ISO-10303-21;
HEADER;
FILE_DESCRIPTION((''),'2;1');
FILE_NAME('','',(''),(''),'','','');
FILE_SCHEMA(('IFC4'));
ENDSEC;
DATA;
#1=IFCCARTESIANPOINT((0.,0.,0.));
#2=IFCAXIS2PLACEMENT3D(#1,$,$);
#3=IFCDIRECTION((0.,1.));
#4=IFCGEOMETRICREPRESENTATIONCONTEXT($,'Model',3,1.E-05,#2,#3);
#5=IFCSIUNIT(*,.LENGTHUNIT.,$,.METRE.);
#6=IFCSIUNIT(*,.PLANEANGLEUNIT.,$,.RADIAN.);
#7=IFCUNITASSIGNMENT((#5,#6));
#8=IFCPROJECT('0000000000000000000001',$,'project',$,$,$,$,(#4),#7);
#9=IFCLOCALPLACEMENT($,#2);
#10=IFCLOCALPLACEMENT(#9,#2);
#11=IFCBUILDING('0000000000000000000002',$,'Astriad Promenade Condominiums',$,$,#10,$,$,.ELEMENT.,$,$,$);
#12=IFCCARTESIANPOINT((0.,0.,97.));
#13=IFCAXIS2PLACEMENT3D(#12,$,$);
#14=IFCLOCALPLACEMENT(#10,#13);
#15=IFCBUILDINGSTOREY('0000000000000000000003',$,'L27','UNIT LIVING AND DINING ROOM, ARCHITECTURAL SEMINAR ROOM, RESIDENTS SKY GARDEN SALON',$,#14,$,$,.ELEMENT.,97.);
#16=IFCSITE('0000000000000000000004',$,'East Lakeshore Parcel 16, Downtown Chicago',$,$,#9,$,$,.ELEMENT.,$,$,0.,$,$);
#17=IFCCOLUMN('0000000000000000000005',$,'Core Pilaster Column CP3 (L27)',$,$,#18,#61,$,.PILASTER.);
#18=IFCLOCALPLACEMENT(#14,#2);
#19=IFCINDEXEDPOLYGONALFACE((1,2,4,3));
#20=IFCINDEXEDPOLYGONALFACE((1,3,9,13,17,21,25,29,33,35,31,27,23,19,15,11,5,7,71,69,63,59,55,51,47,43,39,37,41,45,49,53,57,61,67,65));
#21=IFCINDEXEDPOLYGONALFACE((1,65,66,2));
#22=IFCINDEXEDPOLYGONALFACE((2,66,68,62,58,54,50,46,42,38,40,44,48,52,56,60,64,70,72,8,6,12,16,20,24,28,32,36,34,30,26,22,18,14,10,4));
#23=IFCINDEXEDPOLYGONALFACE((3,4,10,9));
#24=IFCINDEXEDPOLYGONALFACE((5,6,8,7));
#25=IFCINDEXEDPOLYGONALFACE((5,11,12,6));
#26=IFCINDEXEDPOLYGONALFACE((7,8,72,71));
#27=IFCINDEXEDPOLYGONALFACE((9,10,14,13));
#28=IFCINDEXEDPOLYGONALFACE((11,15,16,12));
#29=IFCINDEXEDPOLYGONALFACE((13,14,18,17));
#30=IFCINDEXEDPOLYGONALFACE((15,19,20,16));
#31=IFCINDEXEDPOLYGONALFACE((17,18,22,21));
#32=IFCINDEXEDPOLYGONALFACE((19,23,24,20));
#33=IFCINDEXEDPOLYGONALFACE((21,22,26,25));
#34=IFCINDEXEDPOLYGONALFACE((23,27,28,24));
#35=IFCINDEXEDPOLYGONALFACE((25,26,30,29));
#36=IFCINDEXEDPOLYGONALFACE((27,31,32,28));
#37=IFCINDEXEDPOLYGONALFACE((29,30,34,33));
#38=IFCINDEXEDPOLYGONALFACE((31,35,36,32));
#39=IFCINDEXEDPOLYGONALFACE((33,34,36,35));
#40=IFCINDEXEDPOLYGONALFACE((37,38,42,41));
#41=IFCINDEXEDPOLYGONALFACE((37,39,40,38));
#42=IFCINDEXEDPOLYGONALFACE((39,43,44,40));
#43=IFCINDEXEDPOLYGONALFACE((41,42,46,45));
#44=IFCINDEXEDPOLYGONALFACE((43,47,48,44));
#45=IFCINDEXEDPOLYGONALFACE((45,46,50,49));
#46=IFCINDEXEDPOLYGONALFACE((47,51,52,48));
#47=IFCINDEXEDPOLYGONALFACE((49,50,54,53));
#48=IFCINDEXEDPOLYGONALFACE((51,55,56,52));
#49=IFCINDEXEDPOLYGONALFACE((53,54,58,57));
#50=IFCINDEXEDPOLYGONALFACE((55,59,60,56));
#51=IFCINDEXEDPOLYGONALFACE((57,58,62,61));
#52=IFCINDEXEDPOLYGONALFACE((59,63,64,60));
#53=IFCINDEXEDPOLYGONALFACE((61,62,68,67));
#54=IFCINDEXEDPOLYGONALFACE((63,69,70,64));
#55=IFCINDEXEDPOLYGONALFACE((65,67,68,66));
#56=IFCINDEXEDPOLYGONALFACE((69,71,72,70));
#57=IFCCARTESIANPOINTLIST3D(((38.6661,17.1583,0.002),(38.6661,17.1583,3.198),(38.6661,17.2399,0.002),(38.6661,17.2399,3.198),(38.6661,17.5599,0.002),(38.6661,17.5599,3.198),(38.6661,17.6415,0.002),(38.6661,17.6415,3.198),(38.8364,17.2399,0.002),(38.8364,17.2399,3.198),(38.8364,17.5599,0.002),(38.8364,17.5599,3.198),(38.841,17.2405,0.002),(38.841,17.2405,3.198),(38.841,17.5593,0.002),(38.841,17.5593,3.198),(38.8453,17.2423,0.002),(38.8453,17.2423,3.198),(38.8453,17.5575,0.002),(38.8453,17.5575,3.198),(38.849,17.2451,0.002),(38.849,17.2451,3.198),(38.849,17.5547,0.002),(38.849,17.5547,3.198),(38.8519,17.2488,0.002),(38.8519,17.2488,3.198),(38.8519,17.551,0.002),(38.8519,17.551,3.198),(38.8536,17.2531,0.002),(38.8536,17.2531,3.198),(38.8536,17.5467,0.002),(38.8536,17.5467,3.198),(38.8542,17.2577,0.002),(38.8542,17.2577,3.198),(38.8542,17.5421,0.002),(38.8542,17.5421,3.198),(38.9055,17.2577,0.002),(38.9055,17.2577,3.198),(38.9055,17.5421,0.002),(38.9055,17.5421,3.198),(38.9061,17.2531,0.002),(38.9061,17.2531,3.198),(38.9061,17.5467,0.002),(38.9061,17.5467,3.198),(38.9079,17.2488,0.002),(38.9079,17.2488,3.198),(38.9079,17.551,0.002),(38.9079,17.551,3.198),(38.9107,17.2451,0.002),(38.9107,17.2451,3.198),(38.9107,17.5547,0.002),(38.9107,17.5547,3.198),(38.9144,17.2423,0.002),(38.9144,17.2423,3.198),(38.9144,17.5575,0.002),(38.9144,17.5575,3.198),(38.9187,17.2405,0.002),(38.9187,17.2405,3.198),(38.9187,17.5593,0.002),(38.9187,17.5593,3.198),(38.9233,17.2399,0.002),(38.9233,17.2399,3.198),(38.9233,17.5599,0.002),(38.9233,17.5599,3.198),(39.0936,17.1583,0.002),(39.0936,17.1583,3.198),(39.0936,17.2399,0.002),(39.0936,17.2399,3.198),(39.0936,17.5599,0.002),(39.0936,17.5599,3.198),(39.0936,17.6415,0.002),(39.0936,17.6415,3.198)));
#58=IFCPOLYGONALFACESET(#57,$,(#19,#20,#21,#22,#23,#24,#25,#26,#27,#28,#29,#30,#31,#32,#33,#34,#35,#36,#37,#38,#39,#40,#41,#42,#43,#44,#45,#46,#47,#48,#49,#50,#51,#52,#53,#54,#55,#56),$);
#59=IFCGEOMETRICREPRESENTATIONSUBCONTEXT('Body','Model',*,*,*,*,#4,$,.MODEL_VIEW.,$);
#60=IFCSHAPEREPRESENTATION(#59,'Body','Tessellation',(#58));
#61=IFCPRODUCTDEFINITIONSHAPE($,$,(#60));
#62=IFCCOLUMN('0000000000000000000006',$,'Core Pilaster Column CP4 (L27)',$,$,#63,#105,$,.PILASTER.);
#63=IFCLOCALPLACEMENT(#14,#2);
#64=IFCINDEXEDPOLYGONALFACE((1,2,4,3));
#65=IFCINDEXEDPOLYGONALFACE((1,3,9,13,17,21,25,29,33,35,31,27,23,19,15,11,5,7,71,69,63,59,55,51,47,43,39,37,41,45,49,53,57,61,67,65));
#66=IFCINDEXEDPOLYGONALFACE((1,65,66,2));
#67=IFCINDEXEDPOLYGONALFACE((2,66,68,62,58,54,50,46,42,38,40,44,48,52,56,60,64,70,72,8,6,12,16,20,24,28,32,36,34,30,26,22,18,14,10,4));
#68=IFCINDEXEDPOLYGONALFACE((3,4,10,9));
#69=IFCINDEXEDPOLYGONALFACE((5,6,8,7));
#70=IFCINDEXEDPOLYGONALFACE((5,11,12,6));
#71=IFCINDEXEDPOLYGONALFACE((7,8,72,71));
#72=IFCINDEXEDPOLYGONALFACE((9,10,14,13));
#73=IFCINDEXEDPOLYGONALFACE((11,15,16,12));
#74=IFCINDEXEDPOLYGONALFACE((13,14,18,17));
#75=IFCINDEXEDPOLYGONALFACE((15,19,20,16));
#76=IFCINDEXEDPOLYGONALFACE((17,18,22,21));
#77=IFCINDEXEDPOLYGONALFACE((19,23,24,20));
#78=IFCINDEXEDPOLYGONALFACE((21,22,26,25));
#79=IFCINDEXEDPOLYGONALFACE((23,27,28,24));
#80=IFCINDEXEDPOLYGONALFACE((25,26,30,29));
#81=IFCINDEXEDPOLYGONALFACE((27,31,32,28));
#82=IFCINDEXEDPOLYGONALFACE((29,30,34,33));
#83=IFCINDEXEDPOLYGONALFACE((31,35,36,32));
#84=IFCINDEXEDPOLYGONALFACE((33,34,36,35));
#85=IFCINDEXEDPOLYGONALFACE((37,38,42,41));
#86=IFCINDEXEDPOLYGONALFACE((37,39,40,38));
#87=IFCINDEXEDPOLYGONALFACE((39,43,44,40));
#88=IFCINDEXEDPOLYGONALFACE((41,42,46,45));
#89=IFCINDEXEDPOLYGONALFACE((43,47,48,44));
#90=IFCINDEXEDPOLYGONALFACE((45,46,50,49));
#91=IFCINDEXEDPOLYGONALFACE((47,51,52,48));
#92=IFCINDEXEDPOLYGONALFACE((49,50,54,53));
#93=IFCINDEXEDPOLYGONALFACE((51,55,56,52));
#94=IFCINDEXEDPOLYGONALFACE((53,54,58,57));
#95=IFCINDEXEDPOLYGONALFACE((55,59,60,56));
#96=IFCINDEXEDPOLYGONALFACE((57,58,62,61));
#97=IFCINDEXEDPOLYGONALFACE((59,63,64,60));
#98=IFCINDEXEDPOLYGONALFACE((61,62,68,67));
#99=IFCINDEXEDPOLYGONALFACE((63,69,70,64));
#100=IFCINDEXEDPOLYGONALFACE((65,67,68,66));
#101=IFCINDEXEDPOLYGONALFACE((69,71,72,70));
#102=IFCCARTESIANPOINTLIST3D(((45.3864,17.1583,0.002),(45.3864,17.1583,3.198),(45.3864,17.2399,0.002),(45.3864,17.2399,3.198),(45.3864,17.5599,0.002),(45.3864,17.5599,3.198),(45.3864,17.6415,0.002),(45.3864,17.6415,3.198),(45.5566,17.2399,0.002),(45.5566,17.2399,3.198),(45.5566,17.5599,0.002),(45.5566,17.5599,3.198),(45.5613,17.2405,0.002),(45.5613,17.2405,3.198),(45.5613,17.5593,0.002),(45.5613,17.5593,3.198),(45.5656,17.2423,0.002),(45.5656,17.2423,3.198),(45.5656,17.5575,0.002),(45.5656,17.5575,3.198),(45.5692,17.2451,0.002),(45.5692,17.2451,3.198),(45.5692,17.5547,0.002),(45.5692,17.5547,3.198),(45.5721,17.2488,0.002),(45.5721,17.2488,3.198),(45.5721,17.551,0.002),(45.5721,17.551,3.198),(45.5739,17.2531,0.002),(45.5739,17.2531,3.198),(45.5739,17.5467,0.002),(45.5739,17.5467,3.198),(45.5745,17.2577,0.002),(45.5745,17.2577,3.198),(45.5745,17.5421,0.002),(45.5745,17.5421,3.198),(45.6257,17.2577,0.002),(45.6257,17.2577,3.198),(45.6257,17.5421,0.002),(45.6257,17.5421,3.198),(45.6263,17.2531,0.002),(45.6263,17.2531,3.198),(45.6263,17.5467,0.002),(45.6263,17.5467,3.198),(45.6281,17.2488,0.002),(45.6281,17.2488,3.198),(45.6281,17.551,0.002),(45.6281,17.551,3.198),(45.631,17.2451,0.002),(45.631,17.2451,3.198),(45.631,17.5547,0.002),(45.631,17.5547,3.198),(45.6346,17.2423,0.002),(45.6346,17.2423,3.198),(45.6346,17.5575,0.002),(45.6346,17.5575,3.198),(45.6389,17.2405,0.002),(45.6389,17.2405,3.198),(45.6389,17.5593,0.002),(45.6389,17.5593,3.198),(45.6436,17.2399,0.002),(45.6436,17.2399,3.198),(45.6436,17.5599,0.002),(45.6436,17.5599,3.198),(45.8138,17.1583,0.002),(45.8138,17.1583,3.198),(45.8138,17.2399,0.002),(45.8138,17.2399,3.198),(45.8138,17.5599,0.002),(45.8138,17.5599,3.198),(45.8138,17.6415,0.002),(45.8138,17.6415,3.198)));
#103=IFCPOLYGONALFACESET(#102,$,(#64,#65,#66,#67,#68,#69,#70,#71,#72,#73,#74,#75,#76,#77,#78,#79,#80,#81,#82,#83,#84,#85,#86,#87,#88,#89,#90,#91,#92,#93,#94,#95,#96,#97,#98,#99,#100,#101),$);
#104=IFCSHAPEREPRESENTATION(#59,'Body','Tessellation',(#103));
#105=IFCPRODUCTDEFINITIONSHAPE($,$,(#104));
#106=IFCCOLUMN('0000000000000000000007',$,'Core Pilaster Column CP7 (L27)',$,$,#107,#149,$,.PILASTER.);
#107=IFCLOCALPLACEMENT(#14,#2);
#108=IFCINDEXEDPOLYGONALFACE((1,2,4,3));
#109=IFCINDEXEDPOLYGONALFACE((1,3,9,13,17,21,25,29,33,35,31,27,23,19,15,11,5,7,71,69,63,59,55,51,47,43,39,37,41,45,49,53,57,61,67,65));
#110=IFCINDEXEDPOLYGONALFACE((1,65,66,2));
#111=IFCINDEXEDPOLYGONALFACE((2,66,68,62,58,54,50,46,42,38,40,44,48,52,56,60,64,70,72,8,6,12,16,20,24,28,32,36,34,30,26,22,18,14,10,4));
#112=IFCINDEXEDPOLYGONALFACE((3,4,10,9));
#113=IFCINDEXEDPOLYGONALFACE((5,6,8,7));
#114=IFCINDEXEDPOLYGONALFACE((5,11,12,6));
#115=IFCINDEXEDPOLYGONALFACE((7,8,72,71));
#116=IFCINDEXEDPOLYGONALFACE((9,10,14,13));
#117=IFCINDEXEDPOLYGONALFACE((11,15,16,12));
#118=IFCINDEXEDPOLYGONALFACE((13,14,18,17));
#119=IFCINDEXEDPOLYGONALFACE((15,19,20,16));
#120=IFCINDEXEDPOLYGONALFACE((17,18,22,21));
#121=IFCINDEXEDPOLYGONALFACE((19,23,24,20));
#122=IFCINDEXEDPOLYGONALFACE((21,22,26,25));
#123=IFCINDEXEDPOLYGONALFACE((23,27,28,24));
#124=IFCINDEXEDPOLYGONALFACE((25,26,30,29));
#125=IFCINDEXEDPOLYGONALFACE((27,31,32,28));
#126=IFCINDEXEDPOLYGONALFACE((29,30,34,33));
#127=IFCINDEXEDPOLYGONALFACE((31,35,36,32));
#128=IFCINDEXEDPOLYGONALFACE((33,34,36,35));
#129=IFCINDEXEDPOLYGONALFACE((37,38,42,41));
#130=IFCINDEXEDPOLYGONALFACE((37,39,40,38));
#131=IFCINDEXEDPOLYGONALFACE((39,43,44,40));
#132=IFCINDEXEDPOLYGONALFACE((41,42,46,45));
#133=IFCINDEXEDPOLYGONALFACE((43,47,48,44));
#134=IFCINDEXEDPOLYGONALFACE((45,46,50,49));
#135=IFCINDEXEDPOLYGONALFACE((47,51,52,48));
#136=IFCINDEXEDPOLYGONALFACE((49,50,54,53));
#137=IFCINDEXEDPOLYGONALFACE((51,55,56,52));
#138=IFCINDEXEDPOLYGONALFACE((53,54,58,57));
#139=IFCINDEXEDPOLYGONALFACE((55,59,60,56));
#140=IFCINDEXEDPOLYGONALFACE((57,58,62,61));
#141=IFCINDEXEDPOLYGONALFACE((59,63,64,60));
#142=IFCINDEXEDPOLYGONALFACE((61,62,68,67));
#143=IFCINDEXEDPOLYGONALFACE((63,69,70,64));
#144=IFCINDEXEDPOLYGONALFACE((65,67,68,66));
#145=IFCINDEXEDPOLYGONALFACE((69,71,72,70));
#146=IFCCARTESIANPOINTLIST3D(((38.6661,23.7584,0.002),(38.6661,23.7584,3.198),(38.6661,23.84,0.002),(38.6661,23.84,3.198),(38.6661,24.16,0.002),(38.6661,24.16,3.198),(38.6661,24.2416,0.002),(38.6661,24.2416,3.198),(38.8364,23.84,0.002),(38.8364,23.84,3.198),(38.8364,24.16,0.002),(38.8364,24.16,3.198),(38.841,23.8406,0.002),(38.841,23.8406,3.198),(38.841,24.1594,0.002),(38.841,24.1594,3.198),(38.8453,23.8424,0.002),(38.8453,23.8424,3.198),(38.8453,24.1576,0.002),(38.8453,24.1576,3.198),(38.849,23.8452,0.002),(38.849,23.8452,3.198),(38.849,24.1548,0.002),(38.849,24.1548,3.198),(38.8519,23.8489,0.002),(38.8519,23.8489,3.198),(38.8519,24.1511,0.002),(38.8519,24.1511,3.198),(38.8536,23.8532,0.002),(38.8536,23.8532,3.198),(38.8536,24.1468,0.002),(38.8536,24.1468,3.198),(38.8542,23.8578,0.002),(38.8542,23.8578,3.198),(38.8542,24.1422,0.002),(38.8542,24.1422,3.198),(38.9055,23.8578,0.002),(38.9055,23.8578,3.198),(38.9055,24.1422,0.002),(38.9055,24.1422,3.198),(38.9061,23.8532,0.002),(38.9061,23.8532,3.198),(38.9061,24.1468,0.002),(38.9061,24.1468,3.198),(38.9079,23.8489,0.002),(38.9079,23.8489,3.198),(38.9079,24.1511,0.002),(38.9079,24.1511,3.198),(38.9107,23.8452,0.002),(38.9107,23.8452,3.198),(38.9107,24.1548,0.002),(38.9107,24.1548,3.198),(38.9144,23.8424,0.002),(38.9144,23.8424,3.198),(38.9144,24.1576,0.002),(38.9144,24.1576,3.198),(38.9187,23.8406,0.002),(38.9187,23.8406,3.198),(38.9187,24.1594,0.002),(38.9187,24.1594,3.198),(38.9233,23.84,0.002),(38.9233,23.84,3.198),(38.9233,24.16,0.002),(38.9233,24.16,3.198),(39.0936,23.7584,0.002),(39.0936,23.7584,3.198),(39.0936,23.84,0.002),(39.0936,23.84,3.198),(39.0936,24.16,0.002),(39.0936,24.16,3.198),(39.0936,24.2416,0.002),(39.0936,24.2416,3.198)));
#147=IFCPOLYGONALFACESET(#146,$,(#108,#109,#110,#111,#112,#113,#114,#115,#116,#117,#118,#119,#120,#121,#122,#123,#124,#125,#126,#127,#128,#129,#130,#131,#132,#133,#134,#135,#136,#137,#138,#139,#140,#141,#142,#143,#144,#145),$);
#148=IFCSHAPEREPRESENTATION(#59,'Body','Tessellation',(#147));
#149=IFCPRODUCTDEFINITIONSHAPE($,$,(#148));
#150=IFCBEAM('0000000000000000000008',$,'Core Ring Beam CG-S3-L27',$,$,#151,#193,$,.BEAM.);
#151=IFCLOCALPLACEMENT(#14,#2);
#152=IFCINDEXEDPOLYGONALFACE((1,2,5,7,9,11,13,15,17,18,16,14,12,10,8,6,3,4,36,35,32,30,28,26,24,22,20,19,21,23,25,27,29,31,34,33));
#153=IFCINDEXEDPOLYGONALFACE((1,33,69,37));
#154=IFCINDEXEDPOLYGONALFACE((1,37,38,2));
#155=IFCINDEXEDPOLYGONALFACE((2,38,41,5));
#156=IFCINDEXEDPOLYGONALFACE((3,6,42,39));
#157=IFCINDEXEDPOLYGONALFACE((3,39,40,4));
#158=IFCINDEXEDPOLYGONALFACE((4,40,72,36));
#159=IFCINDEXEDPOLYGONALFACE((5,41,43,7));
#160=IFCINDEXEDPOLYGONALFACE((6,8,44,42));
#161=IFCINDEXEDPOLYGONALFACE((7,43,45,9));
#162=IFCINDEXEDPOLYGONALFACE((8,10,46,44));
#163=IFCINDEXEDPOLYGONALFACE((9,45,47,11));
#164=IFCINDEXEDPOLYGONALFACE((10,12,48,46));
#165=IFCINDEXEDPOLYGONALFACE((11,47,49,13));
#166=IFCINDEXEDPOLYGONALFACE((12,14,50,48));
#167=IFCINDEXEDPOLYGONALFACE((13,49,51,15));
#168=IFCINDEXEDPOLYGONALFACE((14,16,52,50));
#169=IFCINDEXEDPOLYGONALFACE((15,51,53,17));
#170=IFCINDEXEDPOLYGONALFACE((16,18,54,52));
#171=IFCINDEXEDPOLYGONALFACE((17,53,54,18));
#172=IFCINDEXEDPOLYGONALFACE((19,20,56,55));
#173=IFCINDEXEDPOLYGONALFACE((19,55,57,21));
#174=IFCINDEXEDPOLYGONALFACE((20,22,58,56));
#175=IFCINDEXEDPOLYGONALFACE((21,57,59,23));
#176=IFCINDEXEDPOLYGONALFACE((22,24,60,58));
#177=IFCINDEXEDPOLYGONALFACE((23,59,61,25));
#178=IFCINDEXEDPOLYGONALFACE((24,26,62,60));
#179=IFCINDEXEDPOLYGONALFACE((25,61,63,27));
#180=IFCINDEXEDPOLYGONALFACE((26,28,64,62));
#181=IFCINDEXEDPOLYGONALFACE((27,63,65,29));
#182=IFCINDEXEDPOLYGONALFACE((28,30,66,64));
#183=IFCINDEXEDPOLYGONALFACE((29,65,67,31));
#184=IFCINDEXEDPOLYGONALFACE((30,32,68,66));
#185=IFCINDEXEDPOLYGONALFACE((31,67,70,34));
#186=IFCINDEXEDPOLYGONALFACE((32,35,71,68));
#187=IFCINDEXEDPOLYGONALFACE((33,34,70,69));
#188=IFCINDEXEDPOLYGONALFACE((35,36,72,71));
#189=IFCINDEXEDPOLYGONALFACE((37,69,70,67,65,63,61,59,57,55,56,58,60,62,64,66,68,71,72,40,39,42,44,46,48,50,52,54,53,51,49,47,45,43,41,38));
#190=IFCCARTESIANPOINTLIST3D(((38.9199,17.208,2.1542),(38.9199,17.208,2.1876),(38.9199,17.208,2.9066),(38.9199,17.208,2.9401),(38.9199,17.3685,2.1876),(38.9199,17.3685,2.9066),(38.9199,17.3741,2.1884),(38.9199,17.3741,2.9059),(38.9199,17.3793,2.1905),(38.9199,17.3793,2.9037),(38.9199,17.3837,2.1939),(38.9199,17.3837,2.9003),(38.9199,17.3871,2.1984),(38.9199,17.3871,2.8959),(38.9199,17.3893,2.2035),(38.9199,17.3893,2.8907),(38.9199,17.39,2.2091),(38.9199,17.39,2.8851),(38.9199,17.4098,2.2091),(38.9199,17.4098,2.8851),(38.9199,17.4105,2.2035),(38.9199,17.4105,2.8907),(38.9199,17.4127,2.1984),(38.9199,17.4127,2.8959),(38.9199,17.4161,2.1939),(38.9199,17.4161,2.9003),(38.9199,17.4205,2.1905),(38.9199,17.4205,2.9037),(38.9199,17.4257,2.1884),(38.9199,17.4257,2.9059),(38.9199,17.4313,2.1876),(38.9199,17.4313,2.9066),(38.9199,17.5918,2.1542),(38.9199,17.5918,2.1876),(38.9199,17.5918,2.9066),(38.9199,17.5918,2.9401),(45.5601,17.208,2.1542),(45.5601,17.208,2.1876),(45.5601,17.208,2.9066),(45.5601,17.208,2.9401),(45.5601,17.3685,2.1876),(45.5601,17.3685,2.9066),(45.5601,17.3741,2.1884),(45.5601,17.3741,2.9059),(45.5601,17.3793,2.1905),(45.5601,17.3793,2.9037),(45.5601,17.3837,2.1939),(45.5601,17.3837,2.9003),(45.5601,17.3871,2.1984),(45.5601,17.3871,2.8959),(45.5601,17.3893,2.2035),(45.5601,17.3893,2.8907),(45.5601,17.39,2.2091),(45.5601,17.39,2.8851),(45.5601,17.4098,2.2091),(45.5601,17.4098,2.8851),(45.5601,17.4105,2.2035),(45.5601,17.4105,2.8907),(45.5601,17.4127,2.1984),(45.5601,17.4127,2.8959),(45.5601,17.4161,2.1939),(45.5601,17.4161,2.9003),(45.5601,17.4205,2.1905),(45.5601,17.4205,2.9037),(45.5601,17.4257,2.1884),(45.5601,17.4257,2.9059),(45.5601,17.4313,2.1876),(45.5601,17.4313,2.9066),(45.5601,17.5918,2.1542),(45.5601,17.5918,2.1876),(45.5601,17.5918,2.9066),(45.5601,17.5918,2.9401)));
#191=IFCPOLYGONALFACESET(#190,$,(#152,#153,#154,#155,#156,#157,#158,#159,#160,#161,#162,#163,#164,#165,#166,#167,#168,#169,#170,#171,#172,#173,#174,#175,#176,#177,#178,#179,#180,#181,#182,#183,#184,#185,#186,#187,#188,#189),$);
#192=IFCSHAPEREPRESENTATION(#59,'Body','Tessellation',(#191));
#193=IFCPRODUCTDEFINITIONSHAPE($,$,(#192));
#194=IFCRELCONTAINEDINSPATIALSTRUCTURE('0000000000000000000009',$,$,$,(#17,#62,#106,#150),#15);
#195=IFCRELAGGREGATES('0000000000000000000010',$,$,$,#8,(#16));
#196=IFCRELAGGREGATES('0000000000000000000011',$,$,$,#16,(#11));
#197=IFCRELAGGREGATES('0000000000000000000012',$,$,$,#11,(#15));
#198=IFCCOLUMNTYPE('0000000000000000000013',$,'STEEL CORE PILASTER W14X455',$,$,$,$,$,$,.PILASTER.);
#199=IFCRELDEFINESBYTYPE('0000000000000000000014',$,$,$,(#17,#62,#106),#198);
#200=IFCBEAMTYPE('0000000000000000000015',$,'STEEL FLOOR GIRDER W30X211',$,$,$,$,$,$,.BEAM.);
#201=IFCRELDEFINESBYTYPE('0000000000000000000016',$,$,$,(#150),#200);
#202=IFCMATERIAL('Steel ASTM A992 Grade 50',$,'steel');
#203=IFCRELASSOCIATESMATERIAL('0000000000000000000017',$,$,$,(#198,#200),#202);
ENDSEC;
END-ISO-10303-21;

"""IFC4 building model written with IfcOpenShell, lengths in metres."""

from ifc_helpers import new_model, si_unit, direction, frame, origin, origin_2d, place, context, subcontext, project, spatial, i_section, extrude, source, transform, mapped, material, material_profile, profile_set, type_object, type_shapes, element, save


model = new_model("IFC4")

# Units and contexts
model_context = context("Model", 3, precision=1e-05, world=origin(), true_north=direction((0.0, 1.0)))
body_context = subcontext(model_context, "Body", "Model", "MODEL_VIEW")
ifc_project = project(units=[si_unit("LENGTHUNIT", "METRE"), si_unit("PLANEANGLEUNIT", "RADIAN")], contexts=[model_context])

# Site, building, storey
site_placement = place(None, origin())
site = spatial("IfcSite", under=ifc_project, at=site_placement, Name="East Lakeshore Parcel 16, Downtown Chicago", CompositionType="ELEMENT", RefElevation=0.0)
building_placement = place(site_placement, origin())
building = spatial("IfcBuilding", under=site, at=building_placement, Name="Astriad Promenade Condominiums", CompositionType="ELEMENT")
storey_placement = place(building_placement, frame((0.0, 0.0, 97.0)))
storey = spatial("IfcBuildingStorey", under=building, at=storey_placement, Name="L27", Description="UNIT LIVING AND DINING ROOM, ARCHITECTURAL SEMINAR ROOM, RESIDENTS SKY GARDEN SALON", CompositionType="ELEMENT", Elevation=97.0)

# Columns
ifc_material_1 = material(Name="Steel ASTM A992 Grade 50", Category="steel")
ifc_material_profile_1 = material_profile(ifc_material_1, i_section(OverallWidth=0.4275, OverallDepth=0.4832, WebThickness=0.0513, FlangeThickness=0.0815, FilletRadius=0.0178, at=origin_2d()), Name="W14X455")
ifc_profile_set_1 = profile_set([ifc_material_profile_1], Name="Steel ASTM A992 Grade 50")
column_type = type_object("IfcColumnType", Name="STEEL CORE PILASTER W14X455", PredefinedType="PILASTER", material=ifc_profile_set_1)
shared_shape_1 = source(origin(), body_context, "Body", "SweptSolid", [
    extrude(i_section(OverallWidth=0.4275, OverallDepth=0.4832, WebThickness=0.0513, FlangeThickness=0.0815, FilletRadius=0.0178, at=origin_2d()), origin(), (0.0, 0.0, 1.0), 3.196),
])
type_shapes(column_type, [shared_shape_1])
for number, where, z_axis, x_axis, name in (
    (1, (38.8799, 17.3999, 0.002), (0.0, 0.0, 1.0), (1.0, 0.0, 0.0), "Core Pilaster Column CP3 (L27)"),
    (2, (45.6001, 17.3999, 0.002), (0.0, 0.0, 1.0), (1.0, 0.0, 0.0), "Core Pilaster Column CP4 (L27)"),
    (3, (38.8799, 24.0, 0.002), (0.0, 0.0, 1.0), (1.0, 0.0, 0.0), "Core Pilaster Column CP7 (L27)"),
):
    element("IfcColumn", number, at=place(storey_placement, frame(where, z_axis=z_axis, x_axis=x_axis)), inside=storey, type_object=column_type, Name=name, PredefinedType="PILASTER", context=body_context, shape_type="MappedRepresentation", body=[
        mapped(shared_shape_1, transform((0.0, 0.0, 0.0), scale=1.0)),
    ])

# Beam
ifc_material_profile_2 = material_profile(ifc_material_1, i_section(OverallWidth=0.3838, OverallDepth=0.7859, WebThickness=0.0198, FlangeThickness=0.0334, FilletRadius=0.0215, at=origin_2d()), Name="W30X211")
ifc_profile_set_2 = profile_set([ifc_material_profile_2], Name="Steel ASTM A992 Grade 50")
beam_type_1 = type_object("IfcBeamType", Name="STEEL FLOOR GIRDER W30X211", PredefinedType="BEAM", material=ifc_profile_set_2)
shared_shape_2 = source(origin(), body_context, "Body", "SweptSolid", [
    extrude(i_section(OverallWidth=0.3838, OverallDepth=0.7859, WebThickness=0.0198, FlangeThickness=0.0334, FilletRadius=0.0215, at=origin_2d()), origin(), (0.0, 0.0, 1.0), 6.6401),
])
type_shapes(beam_type_1, [shared_shape_2])
beam_1_placement = place(storey_placement, frame((38.9199, 17.3999, 2.5471), z_axis=(1.0, 0.0, 0.0), x_axis=(0.0, 1.0, 0.0)))
element("IfcBeam", 4, at=beam_1_placement, inside=storey, type_object=beam_type_1, Name="Core Ring Beam CG-S3-L27", PredefinedType="BEAM", context=body_context, shape_type="MappedRepresentation", body=[
    mapped(shared_shape_2, transform((0.0, 0.0, 0.0), scale=1.0)),
])

save(model, "model.ifc")
